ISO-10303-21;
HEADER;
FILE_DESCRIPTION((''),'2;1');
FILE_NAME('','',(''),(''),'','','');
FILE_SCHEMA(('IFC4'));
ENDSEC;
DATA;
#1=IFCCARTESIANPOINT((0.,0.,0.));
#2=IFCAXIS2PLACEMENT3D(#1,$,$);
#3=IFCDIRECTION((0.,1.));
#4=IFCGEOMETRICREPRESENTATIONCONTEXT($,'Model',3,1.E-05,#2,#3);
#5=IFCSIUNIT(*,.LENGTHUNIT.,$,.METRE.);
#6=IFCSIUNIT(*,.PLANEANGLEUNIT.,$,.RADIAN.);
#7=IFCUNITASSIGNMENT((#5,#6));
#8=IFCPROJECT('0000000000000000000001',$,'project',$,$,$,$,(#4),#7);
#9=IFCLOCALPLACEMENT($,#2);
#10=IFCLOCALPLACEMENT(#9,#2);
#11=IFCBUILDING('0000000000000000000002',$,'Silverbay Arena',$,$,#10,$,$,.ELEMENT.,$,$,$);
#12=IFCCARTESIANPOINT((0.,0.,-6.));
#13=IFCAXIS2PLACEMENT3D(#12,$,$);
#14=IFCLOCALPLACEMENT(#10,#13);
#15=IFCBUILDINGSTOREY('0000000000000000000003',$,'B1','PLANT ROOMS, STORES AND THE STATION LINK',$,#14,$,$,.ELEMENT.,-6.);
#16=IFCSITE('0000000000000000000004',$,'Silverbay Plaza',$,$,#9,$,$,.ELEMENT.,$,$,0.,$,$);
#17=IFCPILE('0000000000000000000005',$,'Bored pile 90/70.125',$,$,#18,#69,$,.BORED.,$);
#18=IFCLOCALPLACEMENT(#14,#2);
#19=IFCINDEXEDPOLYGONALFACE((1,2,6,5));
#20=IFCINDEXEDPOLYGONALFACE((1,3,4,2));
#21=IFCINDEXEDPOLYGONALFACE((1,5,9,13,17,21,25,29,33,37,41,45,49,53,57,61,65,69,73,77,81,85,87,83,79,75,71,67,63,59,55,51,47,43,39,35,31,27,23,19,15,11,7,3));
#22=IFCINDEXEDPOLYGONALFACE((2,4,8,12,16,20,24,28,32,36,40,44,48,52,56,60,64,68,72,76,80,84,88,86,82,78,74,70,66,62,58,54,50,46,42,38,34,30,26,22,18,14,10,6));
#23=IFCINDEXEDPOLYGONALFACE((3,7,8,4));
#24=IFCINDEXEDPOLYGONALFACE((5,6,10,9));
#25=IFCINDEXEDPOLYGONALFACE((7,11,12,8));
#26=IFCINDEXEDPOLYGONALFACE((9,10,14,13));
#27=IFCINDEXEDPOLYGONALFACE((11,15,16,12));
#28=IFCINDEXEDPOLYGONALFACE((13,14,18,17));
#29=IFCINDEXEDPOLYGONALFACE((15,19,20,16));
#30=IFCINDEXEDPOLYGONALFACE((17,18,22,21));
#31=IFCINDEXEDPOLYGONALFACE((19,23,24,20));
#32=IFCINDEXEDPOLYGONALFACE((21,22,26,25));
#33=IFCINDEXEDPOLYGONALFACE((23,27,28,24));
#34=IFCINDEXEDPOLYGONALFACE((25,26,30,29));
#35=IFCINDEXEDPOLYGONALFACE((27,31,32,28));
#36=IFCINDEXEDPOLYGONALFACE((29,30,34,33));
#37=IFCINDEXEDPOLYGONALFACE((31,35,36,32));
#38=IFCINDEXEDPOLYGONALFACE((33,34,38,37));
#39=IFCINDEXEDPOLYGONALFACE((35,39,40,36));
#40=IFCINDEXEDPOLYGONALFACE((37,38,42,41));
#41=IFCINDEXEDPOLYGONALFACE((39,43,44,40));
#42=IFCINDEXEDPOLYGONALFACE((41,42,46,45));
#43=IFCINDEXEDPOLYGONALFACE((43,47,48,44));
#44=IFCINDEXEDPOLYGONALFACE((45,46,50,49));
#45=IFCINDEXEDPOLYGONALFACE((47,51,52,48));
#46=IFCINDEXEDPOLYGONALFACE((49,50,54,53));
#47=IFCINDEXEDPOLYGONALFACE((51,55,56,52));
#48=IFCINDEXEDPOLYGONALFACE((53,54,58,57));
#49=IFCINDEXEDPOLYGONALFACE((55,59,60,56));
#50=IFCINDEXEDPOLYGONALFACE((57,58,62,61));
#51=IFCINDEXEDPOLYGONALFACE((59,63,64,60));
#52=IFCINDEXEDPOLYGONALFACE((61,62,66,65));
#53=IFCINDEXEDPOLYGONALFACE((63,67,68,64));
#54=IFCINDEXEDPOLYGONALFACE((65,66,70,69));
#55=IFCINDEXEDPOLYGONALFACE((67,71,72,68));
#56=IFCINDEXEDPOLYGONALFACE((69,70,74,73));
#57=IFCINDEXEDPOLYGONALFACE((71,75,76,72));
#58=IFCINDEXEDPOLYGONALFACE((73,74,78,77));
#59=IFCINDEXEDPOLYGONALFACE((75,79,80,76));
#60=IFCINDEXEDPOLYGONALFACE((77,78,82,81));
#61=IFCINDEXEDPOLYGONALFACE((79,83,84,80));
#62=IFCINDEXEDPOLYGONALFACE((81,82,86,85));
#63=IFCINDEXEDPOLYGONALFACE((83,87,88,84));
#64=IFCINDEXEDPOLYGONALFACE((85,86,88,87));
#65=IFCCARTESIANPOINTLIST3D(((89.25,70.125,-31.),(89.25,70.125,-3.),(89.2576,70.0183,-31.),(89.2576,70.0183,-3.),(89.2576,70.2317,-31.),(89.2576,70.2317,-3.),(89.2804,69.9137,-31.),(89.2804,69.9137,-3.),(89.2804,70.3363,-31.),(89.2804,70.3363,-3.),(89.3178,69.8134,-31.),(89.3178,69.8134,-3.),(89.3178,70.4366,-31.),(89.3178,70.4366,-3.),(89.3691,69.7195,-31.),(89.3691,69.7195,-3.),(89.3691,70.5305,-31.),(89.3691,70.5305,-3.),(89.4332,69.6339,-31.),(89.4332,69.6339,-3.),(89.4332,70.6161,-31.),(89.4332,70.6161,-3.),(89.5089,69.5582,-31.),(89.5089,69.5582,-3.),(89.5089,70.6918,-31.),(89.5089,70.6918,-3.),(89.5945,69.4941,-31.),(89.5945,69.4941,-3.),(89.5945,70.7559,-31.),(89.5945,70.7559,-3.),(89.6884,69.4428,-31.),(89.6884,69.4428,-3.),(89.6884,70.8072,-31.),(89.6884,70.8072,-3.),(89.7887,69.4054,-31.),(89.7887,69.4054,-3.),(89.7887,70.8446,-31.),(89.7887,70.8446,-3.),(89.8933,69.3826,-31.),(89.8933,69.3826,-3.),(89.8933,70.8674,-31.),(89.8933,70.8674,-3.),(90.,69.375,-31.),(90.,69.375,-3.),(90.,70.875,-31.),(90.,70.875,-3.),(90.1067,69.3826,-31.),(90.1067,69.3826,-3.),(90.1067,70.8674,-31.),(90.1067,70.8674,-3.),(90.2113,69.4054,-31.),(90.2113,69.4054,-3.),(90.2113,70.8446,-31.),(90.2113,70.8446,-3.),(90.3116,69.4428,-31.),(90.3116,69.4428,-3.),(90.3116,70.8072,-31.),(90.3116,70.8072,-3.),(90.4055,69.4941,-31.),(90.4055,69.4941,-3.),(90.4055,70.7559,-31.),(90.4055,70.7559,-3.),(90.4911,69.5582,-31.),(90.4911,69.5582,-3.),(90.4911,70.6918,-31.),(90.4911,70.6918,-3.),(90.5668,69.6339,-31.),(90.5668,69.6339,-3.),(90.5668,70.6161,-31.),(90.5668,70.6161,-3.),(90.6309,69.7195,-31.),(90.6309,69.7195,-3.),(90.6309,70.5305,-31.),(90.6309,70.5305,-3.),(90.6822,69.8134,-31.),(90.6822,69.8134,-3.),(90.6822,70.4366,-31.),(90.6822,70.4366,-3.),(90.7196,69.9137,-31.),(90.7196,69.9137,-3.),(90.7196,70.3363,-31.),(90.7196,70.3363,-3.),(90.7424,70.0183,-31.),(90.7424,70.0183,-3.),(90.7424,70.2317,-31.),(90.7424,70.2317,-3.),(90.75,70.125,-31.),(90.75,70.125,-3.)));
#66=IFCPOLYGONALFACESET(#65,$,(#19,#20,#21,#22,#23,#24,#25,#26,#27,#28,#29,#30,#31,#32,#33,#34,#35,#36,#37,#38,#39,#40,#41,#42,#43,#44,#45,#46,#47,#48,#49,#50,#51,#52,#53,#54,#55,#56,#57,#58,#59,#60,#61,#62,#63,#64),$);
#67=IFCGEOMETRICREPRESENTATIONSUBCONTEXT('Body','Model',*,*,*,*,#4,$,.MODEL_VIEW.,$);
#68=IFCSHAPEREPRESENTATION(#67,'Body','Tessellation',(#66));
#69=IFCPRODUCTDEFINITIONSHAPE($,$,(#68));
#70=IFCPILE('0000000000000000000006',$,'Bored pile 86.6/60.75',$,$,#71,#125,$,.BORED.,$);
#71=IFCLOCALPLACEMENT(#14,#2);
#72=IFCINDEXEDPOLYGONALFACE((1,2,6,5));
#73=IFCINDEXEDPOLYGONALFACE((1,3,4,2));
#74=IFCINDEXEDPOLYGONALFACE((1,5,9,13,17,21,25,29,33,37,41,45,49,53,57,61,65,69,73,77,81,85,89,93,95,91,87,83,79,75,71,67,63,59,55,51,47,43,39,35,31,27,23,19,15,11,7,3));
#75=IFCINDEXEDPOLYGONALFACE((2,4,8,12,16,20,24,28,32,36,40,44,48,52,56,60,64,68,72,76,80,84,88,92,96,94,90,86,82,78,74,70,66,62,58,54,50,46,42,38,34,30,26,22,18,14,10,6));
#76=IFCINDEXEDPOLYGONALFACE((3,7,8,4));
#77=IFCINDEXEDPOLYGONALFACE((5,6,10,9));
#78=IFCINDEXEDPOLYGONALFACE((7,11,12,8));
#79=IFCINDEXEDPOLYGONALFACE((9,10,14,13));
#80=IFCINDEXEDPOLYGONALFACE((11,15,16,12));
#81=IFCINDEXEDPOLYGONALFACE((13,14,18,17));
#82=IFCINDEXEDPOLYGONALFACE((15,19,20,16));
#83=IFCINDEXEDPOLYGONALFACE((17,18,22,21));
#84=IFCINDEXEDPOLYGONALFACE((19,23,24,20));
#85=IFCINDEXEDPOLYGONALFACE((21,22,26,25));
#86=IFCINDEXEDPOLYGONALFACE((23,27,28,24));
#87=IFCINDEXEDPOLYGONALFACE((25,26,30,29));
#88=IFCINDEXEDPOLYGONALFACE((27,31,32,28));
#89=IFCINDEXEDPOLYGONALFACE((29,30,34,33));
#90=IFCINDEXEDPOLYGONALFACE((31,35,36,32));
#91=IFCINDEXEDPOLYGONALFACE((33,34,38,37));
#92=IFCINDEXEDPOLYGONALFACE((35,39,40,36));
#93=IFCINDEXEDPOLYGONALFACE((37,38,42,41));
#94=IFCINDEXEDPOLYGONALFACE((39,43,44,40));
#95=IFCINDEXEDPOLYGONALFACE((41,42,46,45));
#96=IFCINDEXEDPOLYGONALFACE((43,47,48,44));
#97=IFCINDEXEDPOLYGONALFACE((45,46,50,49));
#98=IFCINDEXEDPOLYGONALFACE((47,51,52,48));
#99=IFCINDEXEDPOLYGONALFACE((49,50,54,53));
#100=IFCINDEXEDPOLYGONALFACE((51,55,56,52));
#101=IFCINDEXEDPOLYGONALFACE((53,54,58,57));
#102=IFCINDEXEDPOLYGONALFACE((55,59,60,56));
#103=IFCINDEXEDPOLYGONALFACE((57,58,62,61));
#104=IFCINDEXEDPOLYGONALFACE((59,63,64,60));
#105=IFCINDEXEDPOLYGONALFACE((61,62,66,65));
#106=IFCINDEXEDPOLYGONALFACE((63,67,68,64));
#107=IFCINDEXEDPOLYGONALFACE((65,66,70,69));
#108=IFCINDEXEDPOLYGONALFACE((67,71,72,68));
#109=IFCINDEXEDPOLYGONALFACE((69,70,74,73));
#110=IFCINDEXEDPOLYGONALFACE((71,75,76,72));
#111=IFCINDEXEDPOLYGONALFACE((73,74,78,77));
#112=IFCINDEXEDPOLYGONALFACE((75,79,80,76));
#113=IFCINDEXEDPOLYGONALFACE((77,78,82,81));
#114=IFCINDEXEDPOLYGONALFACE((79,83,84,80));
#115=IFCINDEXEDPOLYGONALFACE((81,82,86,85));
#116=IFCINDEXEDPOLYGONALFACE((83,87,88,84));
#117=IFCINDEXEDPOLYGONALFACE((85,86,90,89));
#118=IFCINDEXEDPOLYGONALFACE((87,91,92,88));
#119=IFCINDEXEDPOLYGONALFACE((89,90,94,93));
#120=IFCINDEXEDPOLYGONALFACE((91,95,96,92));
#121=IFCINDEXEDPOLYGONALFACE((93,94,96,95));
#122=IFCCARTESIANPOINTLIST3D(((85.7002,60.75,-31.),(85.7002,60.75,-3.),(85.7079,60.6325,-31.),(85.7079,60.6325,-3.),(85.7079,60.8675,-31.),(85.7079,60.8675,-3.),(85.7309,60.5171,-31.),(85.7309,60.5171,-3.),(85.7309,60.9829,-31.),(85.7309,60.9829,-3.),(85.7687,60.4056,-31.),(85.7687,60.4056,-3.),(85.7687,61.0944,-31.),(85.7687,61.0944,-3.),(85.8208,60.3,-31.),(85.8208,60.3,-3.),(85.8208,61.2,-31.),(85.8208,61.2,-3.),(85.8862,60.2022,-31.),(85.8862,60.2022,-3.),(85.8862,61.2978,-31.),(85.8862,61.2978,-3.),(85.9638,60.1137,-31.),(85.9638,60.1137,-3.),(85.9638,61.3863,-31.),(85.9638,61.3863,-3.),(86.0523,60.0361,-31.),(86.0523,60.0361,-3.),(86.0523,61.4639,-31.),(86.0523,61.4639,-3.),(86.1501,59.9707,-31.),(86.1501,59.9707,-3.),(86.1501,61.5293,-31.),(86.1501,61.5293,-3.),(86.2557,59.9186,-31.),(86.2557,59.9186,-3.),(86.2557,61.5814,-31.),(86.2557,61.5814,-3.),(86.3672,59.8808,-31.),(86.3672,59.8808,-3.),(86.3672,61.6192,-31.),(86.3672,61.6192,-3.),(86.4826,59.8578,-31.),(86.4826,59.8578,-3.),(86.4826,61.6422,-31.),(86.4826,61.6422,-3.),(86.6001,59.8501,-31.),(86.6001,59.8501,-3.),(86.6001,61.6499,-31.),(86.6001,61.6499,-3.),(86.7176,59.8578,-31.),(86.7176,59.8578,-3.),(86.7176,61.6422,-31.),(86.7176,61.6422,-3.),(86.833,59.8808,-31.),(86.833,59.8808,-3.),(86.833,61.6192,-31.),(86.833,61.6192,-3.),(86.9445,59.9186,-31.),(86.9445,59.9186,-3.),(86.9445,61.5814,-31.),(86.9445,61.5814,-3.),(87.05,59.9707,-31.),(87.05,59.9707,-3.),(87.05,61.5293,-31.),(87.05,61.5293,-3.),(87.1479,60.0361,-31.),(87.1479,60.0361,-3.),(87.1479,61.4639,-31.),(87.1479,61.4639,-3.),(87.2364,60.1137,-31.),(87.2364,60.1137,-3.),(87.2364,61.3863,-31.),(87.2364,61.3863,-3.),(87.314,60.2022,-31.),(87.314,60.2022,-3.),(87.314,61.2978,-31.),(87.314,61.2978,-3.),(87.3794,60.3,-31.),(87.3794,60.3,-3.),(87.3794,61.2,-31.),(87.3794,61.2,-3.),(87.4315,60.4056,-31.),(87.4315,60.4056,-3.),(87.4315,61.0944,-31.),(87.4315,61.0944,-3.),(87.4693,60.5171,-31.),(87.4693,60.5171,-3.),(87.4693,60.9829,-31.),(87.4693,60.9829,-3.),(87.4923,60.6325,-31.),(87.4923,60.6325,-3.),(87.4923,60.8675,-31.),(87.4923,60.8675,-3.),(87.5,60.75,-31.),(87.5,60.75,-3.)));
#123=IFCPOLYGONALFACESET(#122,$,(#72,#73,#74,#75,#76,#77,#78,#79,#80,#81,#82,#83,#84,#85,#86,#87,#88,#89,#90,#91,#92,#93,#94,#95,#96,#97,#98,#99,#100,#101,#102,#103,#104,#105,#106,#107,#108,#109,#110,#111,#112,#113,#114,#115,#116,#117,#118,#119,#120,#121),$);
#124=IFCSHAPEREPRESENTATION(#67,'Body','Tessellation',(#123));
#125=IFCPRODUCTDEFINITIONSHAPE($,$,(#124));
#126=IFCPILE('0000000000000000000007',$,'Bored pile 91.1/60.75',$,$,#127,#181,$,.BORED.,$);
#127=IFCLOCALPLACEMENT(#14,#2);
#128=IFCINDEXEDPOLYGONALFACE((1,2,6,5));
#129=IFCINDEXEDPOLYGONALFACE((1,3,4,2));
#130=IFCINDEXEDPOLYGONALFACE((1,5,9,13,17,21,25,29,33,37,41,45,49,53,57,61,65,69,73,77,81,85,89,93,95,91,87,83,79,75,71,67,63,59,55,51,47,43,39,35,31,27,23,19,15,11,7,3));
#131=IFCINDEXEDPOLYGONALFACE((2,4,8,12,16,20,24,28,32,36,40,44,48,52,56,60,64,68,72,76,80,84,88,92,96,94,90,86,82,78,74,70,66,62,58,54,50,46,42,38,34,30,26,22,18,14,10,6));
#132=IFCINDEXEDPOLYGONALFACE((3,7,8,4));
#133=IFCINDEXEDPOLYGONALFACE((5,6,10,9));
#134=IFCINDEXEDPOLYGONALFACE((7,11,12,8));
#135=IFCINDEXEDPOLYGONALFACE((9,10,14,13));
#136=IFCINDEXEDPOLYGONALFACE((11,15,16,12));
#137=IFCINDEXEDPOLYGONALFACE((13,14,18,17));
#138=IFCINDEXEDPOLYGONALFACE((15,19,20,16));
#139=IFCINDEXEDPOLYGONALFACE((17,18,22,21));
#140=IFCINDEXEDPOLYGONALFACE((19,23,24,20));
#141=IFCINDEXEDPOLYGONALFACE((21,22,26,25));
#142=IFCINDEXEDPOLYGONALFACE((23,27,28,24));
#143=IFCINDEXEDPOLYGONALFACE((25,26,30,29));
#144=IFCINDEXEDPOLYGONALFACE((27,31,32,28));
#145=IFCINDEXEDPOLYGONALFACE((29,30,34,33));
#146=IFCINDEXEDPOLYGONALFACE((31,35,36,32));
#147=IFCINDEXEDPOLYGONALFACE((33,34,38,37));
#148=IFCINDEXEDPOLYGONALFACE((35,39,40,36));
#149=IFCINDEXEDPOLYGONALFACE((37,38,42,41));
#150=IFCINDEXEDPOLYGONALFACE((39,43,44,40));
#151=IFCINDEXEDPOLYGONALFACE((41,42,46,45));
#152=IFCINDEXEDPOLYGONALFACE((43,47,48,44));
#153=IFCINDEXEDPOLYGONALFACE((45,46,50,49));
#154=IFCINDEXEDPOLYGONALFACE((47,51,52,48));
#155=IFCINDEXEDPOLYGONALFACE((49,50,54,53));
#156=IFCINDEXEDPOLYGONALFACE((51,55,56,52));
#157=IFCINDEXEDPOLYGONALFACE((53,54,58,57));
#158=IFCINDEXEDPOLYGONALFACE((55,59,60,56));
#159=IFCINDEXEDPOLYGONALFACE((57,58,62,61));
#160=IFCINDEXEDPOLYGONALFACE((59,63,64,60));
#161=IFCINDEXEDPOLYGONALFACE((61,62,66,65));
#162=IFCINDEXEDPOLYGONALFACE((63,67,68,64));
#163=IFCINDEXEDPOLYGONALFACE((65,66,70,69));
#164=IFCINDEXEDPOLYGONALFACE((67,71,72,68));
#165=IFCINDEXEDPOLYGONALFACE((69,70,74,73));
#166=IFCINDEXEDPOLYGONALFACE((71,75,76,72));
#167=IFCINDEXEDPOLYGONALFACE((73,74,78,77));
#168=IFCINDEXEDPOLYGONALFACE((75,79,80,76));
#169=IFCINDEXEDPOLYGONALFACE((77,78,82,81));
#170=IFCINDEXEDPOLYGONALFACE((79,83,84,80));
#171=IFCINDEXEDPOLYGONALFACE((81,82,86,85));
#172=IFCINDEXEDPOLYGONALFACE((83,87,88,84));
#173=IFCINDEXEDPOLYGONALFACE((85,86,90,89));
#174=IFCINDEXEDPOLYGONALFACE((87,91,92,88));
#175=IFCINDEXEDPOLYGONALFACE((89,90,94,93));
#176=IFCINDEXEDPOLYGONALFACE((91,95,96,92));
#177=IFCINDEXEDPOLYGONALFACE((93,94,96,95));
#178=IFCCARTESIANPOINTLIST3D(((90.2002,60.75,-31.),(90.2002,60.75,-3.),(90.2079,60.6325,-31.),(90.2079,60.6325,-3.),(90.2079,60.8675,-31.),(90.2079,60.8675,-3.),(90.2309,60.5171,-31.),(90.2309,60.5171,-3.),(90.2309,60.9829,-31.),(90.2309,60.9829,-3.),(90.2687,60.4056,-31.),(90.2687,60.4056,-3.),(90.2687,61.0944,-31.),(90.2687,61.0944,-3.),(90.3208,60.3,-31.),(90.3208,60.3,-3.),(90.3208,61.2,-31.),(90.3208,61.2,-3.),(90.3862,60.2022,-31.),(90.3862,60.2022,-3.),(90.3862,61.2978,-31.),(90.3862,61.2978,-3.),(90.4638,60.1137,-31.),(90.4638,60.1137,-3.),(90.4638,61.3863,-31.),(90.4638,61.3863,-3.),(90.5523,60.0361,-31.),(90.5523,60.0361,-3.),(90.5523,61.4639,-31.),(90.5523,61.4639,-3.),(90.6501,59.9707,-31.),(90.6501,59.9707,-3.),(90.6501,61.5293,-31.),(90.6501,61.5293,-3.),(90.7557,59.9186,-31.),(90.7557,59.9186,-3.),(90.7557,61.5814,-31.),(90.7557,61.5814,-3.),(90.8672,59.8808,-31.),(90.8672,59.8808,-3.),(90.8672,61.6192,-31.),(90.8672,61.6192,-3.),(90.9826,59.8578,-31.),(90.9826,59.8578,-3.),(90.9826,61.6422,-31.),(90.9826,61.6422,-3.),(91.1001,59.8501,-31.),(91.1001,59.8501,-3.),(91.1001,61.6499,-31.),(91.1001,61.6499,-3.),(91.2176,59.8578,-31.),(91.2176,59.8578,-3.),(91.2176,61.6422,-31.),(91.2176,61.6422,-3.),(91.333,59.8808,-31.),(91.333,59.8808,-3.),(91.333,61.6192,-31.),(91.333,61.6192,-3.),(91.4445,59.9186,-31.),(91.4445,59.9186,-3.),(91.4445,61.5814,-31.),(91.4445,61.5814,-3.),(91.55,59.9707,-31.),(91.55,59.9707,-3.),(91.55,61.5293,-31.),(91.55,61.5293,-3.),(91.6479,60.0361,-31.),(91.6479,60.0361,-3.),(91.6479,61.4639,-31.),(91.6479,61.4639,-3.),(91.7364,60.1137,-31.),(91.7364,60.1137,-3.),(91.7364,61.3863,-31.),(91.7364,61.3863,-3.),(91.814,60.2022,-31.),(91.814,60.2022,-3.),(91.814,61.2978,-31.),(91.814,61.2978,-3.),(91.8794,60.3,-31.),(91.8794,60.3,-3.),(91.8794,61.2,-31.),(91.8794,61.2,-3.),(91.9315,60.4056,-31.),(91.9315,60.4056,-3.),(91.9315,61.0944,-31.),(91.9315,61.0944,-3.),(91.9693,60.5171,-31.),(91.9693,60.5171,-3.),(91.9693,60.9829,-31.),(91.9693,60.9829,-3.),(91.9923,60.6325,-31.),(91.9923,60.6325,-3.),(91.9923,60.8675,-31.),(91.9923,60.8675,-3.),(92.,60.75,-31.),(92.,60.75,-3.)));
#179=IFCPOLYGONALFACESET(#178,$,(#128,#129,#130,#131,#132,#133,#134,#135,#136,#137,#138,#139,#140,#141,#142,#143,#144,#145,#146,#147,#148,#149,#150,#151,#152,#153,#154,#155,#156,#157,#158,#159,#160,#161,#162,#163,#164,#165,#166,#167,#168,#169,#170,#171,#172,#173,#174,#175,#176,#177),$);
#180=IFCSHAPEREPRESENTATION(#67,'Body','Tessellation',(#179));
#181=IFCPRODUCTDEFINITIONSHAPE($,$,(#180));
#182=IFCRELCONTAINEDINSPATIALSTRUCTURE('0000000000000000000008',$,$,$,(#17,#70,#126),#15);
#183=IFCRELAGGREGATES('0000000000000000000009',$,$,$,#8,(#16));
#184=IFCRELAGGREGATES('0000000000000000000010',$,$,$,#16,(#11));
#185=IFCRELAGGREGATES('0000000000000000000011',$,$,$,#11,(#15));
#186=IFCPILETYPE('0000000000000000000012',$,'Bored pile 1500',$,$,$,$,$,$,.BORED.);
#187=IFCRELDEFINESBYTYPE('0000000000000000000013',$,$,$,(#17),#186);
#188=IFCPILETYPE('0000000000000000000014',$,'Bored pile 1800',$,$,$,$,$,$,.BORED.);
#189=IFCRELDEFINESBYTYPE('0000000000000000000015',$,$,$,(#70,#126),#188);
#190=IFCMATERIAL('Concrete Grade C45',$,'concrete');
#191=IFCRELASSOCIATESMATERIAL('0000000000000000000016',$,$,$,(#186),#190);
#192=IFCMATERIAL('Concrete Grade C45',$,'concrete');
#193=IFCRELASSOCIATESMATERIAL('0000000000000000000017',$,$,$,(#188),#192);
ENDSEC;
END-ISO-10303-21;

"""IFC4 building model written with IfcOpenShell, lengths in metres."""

from ifc_helpers import new_model, si_unit, direction, frame, origin, origin_2d, place, context, subcontext, project, spatial, circle, extrude, material, material_profile, profile_set, type_object, element, save


model = new_model("IFC4")

# Units and contexts
model_context = context("Model", 3, precision=1e-05, world=origin(), true_north=direction((0.0, 1.0)))
body_context = subcontext(model_context, "Body", "Model", "MODEL_VIEW")
ifc_project = project(units=[si_unit("LENGTHUNIT", "METRE"), si_unit("PLANEANGLEUNIT", "RADIAN")], contexts=[model_context])

# Site, building, storey
site_placement = place(None, origin())
site = spatial("IfcSite", under=ifc_project, at=site_placement, Name="Silverbay Plaza", CompositionType="ELEMENT", RefElevation=0.0)
building_placement = place(site_placement, origin())
building = spatial("IfcBuilding", under=site, at=building_placement, Name="Silverbay Arena", CompositionType="ELEMENT")
storey_placement = place(building_placement, frame((0.0, 0.0, -6.0)))
storey = spatial("IfcBuildingStorey", under=building, at=storey_placement, Name="B1", Description="PLANT ROOMS, STORES AND THE STATION LINK", CompositionType="ELEMENT", Elevation=-6.0)

# Piles
ifc_material_1 = material(Name="Concrete Grade C45", Category="concrete")
ifc_material_profile_1 = material_profile(ifc_material_1, circle(Radius=0.75, at=origin_2d()), Name="Bored pile 1500")
ifc_profile_set_1 = profile_set([ifc_material_profile_1], Name="Concrete Grade C45")
pile_type_1 = type_object("IfcPileType", Name="Bored pile 1500", PredefinedType="BORED", material=ifc_profile_set_1)
pile_placement = place(storey_placement, frame((90.0, 70.125, -3.0), z_axis=(0.0, 0.0, -1.0), x_axis=(1.0, 0.0, 0.0)))
element("IfcPile", 1, at=pile_placement, inside=storey, type_object=pile_type_1, Name="Bored pile 90/70.125", PredefinedType="BORED", context=body_context, shape_type="SweptSolid", body=[
    extrude(circle(Radius=0.75, at=origin_2d()), origin(), (0.0, 0.0, 1.0), 28.0),
])
ifc_material_2 = material(Name="Concrete Grade C45", Category="concrete")
ifc_material_profile_2 = material_profile(ifc_material_2, circle(Radius=0.8999, at=origin_2d()), Name="Bored pile 1800")
ifc_profile_set_2 = profile_set([ifc_material_profile_2], Name="Concrete Grade C45")
pile_type_2 = type_object("IfcPileType", Name="Bored pile 1800", PredefinedType="BORED", material=ifc_profile_set_2)
for number, where, z_axis, x_axis, name in (
    (2, (86.6001, 60.75, -3.0), (0.0, 0.0, -1.0), (1.0, 0.0, 0.0), "Bored pile 86.6/60.75"),
    (3, (91.1001, 60.75, -3.0), (0.0, 0.0, -1.0), (1.0, 0.0, 0.0), "Bored pile 91.1/60.75"),
):
    element("IfcPile", number, at=place(storey_placement, frame(where, z_axis=z_axis, x_axis=x_axis)), inside=storey, type_object=pile_type_2, Name=name, PredefinedType="BORED", context=body_context, shape_type="SweptSolid", body=[
        extrude(circle(Radius=0.8999, at=origin_2d()), origin(), (0.0, 0.0, 1.0), 28.0),
    ])

save(model, "model.ifc")
